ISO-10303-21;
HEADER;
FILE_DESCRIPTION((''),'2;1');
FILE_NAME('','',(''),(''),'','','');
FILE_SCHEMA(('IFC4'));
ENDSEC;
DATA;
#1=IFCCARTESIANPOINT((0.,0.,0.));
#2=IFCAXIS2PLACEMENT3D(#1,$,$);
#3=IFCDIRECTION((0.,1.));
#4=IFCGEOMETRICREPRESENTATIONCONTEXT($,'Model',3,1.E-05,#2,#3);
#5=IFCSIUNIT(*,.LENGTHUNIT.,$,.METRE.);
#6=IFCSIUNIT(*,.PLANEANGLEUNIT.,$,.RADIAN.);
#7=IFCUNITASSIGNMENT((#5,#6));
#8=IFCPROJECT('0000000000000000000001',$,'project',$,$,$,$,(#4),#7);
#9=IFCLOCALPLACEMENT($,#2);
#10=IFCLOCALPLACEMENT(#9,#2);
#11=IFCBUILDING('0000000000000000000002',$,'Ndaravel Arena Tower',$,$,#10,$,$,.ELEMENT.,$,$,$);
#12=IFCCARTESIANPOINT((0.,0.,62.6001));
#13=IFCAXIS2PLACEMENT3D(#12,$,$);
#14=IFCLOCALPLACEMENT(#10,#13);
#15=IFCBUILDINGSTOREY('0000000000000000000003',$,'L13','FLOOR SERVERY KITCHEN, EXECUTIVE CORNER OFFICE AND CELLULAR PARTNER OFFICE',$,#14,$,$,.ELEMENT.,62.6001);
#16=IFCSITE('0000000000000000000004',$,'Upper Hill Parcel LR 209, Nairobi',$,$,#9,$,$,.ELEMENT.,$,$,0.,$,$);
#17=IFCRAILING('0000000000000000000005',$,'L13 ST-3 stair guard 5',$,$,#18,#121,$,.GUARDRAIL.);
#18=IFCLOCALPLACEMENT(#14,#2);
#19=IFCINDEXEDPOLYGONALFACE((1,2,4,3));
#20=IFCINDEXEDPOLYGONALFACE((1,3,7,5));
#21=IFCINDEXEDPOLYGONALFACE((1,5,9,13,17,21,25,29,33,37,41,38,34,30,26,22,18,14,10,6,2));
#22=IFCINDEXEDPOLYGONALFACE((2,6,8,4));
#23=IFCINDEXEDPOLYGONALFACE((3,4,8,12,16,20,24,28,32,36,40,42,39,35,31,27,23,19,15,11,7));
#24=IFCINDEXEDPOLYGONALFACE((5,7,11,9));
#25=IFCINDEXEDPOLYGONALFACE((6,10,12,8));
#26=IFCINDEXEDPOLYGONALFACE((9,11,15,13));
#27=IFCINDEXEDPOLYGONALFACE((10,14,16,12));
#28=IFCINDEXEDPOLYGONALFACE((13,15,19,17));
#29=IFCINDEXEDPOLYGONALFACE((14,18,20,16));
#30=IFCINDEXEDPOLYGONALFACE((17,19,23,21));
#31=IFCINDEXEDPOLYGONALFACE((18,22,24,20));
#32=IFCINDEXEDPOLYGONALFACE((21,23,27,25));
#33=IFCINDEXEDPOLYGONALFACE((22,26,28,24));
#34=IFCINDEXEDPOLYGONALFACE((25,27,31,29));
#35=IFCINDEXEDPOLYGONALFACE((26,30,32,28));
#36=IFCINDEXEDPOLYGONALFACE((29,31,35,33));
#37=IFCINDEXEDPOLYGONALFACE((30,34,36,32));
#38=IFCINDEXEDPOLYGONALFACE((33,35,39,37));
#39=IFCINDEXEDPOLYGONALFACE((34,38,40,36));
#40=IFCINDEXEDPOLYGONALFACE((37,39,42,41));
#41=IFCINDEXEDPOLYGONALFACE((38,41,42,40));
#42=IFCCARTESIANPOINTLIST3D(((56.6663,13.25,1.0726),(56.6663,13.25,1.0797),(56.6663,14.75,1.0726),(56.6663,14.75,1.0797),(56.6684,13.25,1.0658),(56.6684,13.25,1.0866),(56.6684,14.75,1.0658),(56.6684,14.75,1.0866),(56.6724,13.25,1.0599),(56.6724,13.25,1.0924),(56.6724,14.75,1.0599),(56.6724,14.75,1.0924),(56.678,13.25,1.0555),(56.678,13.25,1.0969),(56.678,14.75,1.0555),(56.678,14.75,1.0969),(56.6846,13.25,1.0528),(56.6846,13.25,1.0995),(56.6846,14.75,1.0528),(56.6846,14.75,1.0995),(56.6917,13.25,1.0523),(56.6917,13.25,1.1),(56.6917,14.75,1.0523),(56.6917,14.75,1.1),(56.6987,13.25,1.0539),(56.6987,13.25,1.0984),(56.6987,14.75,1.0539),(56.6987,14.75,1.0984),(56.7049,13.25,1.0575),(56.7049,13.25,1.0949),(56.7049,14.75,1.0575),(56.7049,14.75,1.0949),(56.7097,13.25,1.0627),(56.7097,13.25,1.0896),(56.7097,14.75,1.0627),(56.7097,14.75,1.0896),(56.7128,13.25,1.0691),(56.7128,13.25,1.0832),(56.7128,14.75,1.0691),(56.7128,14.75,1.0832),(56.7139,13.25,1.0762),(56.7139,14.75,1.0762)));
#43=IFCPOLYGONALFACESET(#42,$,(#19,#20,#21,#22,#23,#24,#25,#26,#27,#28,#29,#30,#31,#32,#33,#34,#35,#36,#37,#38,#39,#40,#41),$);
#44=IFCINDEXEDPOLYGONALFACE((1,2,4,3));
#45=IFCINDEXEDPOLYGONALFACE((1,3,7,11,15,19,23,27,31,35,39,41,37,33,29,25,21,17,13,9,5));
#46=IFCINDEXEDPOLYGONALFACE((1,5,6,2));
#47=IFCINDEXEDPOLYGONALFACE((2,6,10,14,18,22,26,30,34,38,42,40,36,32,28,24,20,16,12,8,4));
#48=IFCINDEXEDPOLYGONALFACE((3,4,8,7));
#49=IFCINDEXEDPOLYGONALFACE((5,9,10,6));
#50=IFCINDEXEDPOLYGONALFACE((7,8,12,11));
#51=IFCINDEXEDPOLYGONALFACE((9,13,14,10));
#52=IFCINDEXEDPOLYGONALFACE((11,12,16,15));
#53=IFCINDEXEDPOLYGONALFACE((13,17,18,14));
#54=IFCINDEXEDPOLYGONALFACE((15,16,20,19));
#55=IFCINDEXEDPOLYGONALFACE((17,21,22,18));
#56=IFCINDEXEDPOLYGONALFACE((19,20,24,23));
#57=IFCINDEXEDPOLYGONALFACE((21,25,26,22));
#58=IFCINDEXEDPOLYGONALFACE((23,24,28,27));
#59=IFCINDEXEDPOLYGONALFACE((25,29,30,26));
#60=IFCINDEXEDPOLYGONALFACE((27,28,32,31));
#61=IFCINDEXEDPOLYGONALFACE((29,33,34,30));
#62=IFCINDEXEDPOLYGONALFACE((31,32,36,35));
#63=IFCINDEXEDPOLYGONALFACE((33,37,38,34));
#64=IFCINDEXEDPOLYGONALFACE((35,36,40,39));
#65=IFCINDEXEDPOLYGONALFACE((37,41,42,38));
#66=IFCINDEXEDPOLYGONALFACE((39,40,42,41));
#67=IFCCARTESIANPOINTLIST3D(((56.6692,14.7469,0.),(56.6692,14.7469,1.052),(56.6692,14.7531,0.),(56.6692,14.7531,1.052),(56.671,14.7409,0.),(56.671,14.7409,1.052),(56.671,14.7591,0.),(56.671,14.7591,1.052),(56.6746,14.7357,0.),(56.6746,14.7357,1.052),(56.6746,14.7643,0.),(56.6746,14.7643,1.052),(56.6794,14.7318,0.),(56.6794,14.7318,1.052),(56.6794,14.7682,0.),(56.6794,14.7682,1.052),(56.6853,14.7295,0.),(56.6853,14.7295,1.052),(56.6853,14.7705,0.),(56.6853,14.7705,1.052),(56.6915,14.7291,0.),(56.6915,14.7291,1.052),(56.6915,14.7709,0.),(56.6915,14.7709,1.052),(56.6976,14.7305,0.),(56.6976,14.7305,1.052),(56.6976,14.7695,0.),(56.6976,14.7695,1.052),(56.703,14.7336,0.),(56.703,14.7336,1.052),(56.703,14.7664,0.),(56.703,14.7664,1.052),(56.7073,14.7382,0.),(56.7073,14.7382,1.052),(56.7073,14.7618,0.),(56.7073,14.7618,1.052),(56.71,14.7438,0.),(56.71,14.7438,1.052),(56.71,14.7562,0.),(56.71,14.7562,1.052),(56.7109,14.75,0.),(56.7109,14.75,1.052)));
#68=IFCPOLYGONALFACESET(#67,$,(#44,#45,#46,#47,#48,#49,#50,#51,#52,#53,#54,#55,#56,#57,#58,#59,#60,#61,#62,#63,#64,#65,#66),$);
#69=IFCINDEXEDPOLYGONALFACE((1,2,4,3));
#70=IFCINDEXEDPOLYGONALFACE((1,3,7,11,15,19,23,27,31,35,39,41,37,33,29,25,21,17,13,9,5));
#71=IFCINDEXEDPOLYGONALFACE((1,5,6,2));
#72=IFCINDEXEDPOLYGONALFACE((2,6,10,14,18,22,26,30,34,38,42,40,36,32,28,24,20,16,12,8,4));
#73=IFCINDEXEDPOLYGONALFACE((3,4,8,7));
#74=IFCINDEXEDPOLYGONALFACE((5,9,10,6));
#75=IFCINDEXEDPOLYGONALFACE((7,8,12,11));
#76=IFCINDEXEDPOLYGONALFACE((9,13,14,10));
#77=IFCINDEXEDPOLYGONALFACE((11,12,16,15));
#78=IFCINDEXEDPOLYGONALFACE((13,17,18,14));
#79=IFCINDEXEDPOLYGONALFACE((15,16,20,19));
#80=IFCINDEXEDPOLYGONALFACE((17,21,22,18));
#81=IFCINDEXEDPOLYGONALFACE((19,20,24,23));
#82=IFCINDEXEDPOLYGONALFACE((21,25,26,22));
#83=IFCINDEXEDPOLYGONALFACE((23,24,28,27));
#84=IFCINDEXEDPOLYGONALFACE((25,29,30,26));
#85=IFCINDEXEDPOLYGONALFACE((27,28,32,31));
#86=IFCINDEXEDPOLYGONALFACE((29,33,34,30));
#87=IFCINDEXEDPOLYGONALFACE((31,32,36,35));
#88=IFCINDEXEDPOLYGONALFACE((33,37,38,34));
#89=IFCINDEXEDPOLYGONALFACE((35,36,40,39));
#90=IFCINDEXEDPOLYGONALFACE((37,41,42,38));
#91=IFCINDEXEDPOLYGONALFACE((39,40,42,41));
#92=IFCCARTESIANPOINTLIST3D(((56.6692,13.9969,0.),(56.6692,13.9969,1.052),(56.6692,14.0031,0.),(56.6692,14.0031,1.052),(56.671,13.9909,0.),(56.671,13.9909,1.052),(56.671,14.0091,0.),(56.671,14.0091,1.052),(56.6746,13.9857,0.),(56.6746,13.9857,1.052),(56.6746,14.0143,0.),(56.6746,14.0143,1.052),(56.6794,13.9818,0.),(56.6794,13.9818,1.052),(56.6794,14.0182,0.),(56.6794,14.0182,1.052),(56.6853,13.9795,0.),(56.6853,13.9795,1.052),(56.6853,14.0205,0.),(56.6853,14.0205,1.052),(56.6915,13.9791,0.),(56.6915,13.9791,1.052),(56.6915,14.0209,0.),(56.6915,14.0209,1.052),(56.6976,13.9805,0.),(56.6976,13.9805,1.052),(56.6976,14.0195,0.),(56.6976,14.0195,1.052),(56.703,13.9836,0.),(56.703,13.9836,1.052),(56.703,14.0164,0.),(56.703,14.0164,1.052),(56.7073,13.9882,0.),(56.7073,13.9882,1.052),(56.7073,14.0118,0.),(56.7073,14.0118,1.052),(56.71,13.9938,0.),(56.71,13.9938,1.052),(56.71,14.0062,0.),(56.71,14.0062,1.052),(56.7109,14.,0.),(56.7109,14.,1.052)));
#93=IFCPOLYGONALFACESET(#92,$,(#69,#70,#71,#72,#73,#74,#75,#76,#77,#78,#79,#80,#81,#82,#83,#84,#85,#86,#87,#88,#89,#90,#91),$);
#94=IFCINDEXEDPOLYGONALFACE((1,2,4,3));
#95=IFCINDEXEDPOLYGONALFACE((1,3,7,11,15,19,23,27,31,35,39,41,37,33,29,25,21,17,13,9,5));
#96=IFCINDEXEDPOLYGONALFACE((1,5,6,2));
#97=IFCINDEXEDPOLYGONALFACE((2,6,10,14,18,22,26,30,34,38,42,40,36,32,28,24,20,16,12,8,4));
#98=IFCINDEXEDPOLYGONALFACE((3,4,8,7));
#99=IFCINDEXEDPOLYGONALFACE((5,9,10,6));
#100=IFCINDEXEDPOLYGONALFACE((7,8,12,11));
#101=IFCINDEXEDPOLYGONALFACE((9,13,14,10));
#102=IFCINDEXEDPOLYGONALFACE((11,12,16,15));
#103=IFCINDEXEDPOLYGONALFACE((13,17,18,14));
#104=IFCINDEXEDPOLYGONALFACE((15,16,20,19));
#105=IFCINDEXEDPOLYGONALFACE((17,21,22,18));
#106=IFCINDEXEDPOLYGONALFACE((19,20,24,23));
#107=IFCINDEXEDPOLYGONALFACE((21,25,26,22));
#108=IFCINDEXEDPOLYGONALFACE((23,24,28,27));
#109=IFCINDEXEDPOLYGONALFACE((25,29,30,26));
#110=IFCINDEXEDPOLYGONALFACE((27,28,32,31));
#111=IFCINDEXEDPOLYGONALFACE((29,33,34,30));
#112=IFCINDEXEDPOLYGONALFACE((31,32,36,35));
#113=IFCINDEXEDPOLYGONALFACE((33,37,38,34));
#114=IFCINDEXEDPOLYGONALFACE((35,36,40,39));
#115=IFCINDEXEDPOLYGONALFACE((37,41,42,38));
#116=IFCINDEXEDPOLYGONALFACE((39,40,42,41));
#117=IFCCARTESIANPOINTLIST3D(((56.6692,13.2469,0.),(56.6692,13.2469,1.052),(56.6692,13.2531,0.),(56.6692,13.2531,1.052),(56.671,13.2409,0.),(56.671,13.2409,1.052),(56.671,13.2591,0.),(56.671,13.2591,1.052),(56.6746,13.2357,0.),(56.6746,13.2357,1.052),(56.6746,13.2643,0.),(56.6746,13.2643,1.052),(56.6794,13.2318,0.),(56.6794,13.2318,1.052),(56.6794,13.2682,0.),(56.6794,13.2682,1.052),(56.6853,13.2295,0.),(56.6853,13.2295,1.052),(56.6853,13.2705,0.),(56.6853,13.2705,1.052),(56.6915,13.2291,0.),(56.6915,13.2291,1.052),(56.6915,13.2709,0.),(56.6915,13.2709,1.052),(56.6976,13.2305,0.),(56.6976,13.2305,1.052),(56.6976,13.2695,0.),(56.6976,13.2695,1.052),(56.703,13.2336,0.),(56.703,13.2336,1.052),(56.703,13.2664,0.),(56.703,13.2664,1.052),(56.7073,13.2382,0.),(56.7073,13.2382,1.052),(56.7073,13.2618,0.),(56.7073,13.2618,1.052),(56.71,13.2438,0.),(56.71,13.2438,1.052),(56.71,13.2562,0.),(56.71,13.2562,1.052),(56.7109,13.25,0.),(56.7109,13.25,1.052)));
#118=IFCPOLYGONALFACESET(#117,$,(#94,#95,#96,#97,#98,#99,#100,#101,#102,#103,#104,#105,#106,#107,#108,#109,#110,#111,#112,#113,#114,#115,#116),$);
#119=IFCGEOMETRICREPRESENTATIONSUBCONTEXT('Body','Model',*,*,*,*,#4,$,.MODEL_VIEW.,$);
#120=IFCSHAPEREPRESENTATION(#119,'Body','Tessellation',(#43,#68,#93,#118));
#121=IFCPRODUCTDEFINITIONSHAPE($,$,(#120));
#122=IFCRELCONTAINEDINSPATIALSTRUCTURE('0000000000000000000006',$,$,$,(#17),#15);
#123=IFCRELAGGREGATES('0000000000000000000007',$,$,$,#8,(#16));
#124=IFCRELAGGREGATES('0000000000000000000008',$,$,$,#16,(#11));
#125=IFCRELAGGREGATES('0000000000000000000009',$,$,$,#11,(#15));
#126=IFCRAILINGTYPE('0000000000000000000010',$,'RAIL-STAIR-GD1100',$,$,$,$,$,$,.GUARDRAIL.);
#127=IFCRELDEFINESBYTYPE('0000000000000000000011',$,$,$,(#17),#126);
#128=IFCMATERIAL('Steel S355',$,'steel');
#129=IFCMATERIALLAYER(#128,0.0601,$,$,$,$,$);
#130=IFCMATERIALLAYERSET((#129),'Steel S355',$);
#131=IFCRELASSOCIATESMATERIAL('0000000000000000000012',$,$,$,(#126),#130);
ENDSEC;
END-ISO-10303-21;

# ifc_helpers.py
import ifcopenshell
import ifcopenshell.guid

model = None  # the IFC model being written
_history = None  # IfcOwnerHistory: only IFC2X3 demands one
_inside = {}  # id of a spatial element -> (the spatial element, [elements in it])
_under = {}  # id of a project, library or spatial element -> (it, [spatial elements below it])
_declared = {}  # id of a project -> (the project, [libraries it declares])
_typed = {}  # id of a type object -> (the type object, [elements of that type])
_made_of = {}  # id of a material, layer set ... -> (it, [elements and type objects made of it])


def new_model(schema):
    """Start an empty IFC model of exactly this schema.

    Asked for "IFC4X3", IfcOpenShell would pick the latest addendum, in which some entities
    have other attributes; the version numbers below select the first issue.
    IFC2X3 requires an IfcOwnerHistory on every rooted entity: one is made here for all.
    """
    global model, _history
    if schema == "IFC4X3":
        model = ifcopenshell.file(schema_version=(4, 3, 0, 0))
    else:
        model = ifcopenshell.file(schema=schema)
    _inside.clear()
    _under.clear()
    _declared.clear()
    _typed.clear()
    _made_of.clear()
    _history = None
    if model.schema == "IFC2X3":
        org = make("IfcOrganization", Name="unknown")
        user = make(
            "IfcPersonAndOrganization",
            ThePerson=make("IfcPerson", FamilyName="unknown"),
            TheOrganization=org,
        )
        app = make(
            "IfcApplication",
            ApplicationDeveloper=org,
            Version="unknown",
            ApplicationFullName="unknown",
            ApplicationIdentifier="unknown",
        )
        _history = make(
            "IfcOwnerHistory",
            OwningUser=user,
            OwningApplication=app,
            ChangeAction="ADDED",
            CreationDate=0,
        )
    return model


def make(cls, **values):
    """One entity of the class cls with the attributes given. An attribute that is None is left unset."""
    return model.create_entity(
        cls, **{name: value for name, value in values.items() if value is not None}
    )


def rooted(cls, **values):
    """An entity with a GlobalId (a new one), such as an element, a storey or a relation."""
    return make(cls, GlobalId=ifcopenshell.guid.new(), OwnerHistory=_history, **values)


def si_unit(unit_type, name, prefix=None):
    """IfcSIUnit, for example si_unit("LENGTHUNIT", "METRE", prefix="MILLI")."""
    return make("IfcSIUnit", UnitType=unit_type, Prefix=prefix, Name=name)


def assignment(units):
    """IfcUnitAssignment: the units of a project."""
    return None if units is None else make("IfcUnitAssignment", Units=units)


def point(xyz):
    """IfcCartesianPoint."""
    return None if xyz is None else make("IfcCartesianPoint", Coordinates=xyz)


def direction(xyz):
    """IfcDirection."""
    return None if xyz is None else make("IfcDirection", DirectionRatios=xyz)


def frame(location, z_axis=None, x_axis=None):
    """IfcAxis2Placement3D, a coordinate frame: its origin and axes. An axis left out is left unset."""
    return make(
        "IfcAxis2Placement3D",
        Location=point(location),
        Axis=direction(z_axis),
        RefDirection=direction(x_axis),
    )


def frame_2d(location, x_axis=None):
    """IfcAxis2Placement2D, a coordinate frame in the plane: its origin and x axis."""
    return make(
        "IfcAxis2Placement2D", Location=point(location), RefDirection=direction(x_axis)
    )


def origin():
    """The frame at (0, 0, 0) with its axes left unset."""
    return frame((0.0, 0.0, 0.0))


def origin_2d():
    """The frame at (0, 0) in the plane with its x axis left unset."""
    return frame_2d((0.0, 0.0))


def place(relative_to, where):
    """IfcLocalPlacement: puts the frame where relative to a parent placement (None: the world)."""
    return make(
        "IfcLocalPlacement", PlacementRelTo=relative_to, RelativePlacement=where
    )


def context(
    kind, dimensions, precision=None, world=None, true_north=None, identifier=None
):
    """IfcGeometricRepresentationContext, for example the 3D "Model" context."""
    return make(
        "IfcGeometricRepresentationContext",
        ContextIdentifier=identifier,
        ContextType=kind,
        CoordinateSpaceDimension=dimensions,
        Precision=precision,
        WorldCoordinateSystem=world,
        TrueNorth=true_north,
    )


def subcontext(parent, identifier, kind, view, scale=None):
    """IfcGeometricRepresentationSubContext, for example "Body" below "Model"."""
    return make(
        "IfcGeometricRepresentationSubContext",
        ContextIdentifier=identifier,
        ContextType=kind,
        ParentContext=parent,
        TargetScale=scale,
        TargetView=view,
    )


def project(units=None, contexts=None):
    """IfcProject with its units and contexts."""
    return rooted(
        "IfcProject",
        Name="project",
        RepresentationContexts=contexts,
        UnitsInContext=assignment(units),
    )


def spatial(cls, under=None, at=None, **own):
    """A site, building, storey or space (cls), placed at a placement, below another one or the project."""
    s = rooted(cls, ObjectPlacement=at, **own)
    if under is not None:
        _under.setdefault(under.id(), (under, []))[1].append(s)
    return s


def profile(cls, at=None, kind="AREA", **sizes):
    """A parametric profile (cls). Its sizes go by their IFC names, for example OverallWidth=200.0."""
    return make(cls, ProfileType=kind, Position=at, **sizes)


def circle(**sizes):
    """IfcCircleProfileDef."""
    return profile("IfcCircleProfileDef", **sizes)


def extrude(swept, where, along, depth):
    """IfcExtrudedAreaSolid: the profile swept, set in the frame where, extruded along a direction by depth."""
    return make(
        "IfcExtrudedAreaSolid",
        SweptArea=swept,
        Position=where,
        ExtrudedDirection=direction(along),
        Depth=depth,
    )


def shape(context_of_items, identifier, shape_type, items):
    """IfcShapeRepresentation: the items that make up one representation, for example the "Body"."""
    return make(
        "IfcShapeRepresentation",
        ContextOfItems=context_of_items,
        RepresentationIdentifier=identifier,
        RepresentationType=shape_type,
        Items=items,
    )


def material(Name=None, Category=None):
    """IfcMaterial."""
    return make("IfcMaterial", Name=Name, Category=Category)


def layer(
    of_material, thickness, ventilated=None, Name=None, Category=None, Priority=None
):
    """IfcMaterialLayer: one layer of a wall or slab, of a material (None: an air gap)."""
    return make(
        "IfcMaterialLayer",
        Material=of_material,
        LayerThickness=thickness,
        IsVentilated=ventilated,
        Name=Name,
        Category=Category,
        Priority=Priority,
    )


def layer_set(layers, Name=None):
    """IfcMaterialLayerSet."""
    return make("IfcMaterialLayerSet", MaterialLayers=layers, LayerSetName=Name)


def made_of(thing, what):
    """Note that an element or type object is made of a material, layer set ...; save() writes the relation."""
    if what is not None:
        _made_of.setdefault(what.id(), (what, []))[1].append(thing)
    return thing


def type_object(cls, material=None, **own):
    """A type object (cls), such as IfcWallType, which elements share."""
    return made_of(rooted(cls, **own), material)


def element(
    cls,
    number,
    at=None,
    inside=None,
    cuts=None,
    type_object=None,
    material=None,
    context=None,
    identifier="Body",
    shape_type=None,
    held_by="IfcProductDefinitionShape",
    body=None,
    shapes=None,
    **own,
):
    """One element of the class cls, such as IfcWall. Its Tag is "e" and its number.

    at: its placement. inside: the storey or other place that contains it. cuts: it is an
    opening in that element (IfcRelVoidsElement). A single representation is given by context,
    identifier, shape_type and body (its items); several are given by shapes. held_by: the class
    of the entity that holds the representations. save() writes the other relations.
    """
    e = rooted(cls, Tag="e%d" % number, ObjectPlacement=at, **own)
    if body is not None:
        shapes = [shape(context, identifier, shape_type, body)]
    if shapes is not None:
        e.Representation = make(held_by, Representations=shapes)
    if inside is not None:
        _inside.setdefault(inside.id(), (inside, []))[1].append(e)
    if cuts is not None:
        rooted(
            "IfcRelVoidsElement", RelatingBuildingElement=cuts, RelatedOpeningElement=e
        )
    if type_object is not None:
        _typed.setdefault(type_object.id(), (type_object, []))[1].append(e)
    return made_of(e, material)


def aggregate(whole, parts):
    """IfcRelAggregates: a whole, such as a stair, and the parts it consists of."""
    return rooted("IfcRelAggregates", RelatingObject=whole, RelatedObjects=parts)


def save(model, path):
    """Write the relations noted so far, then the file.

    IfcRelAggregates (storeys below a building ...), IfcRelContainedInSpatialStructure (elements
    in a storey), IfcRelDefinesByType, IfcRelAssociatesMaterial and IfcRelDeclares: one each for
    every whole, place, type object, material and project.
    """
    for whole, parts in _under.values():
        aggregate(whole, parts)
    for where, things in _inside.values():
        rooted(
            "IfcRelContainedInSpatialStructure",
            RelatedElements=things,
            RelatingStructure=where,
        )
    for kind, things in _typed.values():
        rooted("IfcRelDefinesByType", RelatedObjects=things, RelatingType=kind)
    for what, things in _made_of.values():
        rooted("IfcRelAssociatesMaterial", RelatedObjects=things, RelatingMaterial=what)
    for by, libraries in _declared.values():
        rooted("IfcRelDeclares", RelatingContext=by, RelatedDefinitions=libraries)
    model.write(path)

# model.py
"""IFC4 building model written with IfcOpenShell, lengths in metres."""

from ifc_helpers import new_model, si_unit, direction, frame, origin, origin_2d, place, context, subcontext, project, spatial, circle, extrude, material, layer, layer_set, type_object, element, save


model = new_model("IFC4")

# Units and contexts
model_context = context("Model", 3, precision=1e-05, world=origin(), true_north=direction((0.0, 1.0)))
body_context = subcontext(model_context, "Body", "Model", "MODEL_VIEW")
ifc_project = project(units=[si_unit("LENGTHUNIT", "METRE"), si_unit("PLANEANGLEUNIT", "RADIAN")], contexts=[model_context])

# Site, building, storey
site_placement = place(None, origin())
site = spatial("IfcSite", under=ifc_project, at=site_placement, Name="Upper Hill Parcel LR 209, Nairobi", CompositionType="ELEMENT", RefElevation=0.0)
building_placement = place(site_placement, origin())
building = spatial("IfcBuilding", under=site, at=building_placement, Name="Ndaravel Arena Tower", CompositionType="ELEMENT")
storey_placement = place(building_placement, frame((0.0, 0.0, 62.6001)))
storey = spatial("IfcBuildingStorey", under=building, at=storey_placement, Name="L13", Description="FLOOR SERVERY KITCHEN, EXECUTIVE CORNER OFFICE AND CELLULAR PARTNER OFFICE", CompositionType="ELEMENT", Elevation=62.6001)

# Railing
ifc_material_1 = material(Name="Steel S355", Category="steel")
ifc_layer_1 = layer(ifc_material_1, 0.0601)
ifc_layer_set_1 = layer_set([ifc_layer_1], Name="Steel S355")
railing_type = type_object("IfcRailingType", Name="RAIL-STAIR-GD1100", PredefinedType="GUARDRAIL", material=ifc_layer_set_1)
for number, where, name in (
    (1, (56.6899, 14.75, 0.0), "L13 ST-3 stair guard 5"),
):
    element("IfcRailing", number, at=place(storey_placement, frame(where)), inside=storey, type_object=railing_type, Name=name, PredefinedType="GUARDRAIL", context=body_context, shape_type="SweptSolid", body=[
        extrude(circle(Radius=0.0239, at=origin_2d()), frame((0.0, 0.0, 1.0762), z_axis=(0.0, -1.0, 0.0), x_axis=(1.0, 0.0, 0.0)), (0.0, 0.0, 1.0), 1.5),
        extrude(circle(Radius=0.021, at=origin_2d()), origin(), (0.0, 0.0, 1.0), 1.052),
        extrude(circle(Radius=0.021, at=origin_2d()), frame((0.0, -0.75, 0.0)), (0.0, 0.0, 1.0), 1.052),
        extrude(circle(Radius=0.021, at=origin_2d()), frame((0.0, -1.5, 0.0)), (0.0, 0.0, 1.0), 1.052),
    ])

save(model, "model.ifc")
